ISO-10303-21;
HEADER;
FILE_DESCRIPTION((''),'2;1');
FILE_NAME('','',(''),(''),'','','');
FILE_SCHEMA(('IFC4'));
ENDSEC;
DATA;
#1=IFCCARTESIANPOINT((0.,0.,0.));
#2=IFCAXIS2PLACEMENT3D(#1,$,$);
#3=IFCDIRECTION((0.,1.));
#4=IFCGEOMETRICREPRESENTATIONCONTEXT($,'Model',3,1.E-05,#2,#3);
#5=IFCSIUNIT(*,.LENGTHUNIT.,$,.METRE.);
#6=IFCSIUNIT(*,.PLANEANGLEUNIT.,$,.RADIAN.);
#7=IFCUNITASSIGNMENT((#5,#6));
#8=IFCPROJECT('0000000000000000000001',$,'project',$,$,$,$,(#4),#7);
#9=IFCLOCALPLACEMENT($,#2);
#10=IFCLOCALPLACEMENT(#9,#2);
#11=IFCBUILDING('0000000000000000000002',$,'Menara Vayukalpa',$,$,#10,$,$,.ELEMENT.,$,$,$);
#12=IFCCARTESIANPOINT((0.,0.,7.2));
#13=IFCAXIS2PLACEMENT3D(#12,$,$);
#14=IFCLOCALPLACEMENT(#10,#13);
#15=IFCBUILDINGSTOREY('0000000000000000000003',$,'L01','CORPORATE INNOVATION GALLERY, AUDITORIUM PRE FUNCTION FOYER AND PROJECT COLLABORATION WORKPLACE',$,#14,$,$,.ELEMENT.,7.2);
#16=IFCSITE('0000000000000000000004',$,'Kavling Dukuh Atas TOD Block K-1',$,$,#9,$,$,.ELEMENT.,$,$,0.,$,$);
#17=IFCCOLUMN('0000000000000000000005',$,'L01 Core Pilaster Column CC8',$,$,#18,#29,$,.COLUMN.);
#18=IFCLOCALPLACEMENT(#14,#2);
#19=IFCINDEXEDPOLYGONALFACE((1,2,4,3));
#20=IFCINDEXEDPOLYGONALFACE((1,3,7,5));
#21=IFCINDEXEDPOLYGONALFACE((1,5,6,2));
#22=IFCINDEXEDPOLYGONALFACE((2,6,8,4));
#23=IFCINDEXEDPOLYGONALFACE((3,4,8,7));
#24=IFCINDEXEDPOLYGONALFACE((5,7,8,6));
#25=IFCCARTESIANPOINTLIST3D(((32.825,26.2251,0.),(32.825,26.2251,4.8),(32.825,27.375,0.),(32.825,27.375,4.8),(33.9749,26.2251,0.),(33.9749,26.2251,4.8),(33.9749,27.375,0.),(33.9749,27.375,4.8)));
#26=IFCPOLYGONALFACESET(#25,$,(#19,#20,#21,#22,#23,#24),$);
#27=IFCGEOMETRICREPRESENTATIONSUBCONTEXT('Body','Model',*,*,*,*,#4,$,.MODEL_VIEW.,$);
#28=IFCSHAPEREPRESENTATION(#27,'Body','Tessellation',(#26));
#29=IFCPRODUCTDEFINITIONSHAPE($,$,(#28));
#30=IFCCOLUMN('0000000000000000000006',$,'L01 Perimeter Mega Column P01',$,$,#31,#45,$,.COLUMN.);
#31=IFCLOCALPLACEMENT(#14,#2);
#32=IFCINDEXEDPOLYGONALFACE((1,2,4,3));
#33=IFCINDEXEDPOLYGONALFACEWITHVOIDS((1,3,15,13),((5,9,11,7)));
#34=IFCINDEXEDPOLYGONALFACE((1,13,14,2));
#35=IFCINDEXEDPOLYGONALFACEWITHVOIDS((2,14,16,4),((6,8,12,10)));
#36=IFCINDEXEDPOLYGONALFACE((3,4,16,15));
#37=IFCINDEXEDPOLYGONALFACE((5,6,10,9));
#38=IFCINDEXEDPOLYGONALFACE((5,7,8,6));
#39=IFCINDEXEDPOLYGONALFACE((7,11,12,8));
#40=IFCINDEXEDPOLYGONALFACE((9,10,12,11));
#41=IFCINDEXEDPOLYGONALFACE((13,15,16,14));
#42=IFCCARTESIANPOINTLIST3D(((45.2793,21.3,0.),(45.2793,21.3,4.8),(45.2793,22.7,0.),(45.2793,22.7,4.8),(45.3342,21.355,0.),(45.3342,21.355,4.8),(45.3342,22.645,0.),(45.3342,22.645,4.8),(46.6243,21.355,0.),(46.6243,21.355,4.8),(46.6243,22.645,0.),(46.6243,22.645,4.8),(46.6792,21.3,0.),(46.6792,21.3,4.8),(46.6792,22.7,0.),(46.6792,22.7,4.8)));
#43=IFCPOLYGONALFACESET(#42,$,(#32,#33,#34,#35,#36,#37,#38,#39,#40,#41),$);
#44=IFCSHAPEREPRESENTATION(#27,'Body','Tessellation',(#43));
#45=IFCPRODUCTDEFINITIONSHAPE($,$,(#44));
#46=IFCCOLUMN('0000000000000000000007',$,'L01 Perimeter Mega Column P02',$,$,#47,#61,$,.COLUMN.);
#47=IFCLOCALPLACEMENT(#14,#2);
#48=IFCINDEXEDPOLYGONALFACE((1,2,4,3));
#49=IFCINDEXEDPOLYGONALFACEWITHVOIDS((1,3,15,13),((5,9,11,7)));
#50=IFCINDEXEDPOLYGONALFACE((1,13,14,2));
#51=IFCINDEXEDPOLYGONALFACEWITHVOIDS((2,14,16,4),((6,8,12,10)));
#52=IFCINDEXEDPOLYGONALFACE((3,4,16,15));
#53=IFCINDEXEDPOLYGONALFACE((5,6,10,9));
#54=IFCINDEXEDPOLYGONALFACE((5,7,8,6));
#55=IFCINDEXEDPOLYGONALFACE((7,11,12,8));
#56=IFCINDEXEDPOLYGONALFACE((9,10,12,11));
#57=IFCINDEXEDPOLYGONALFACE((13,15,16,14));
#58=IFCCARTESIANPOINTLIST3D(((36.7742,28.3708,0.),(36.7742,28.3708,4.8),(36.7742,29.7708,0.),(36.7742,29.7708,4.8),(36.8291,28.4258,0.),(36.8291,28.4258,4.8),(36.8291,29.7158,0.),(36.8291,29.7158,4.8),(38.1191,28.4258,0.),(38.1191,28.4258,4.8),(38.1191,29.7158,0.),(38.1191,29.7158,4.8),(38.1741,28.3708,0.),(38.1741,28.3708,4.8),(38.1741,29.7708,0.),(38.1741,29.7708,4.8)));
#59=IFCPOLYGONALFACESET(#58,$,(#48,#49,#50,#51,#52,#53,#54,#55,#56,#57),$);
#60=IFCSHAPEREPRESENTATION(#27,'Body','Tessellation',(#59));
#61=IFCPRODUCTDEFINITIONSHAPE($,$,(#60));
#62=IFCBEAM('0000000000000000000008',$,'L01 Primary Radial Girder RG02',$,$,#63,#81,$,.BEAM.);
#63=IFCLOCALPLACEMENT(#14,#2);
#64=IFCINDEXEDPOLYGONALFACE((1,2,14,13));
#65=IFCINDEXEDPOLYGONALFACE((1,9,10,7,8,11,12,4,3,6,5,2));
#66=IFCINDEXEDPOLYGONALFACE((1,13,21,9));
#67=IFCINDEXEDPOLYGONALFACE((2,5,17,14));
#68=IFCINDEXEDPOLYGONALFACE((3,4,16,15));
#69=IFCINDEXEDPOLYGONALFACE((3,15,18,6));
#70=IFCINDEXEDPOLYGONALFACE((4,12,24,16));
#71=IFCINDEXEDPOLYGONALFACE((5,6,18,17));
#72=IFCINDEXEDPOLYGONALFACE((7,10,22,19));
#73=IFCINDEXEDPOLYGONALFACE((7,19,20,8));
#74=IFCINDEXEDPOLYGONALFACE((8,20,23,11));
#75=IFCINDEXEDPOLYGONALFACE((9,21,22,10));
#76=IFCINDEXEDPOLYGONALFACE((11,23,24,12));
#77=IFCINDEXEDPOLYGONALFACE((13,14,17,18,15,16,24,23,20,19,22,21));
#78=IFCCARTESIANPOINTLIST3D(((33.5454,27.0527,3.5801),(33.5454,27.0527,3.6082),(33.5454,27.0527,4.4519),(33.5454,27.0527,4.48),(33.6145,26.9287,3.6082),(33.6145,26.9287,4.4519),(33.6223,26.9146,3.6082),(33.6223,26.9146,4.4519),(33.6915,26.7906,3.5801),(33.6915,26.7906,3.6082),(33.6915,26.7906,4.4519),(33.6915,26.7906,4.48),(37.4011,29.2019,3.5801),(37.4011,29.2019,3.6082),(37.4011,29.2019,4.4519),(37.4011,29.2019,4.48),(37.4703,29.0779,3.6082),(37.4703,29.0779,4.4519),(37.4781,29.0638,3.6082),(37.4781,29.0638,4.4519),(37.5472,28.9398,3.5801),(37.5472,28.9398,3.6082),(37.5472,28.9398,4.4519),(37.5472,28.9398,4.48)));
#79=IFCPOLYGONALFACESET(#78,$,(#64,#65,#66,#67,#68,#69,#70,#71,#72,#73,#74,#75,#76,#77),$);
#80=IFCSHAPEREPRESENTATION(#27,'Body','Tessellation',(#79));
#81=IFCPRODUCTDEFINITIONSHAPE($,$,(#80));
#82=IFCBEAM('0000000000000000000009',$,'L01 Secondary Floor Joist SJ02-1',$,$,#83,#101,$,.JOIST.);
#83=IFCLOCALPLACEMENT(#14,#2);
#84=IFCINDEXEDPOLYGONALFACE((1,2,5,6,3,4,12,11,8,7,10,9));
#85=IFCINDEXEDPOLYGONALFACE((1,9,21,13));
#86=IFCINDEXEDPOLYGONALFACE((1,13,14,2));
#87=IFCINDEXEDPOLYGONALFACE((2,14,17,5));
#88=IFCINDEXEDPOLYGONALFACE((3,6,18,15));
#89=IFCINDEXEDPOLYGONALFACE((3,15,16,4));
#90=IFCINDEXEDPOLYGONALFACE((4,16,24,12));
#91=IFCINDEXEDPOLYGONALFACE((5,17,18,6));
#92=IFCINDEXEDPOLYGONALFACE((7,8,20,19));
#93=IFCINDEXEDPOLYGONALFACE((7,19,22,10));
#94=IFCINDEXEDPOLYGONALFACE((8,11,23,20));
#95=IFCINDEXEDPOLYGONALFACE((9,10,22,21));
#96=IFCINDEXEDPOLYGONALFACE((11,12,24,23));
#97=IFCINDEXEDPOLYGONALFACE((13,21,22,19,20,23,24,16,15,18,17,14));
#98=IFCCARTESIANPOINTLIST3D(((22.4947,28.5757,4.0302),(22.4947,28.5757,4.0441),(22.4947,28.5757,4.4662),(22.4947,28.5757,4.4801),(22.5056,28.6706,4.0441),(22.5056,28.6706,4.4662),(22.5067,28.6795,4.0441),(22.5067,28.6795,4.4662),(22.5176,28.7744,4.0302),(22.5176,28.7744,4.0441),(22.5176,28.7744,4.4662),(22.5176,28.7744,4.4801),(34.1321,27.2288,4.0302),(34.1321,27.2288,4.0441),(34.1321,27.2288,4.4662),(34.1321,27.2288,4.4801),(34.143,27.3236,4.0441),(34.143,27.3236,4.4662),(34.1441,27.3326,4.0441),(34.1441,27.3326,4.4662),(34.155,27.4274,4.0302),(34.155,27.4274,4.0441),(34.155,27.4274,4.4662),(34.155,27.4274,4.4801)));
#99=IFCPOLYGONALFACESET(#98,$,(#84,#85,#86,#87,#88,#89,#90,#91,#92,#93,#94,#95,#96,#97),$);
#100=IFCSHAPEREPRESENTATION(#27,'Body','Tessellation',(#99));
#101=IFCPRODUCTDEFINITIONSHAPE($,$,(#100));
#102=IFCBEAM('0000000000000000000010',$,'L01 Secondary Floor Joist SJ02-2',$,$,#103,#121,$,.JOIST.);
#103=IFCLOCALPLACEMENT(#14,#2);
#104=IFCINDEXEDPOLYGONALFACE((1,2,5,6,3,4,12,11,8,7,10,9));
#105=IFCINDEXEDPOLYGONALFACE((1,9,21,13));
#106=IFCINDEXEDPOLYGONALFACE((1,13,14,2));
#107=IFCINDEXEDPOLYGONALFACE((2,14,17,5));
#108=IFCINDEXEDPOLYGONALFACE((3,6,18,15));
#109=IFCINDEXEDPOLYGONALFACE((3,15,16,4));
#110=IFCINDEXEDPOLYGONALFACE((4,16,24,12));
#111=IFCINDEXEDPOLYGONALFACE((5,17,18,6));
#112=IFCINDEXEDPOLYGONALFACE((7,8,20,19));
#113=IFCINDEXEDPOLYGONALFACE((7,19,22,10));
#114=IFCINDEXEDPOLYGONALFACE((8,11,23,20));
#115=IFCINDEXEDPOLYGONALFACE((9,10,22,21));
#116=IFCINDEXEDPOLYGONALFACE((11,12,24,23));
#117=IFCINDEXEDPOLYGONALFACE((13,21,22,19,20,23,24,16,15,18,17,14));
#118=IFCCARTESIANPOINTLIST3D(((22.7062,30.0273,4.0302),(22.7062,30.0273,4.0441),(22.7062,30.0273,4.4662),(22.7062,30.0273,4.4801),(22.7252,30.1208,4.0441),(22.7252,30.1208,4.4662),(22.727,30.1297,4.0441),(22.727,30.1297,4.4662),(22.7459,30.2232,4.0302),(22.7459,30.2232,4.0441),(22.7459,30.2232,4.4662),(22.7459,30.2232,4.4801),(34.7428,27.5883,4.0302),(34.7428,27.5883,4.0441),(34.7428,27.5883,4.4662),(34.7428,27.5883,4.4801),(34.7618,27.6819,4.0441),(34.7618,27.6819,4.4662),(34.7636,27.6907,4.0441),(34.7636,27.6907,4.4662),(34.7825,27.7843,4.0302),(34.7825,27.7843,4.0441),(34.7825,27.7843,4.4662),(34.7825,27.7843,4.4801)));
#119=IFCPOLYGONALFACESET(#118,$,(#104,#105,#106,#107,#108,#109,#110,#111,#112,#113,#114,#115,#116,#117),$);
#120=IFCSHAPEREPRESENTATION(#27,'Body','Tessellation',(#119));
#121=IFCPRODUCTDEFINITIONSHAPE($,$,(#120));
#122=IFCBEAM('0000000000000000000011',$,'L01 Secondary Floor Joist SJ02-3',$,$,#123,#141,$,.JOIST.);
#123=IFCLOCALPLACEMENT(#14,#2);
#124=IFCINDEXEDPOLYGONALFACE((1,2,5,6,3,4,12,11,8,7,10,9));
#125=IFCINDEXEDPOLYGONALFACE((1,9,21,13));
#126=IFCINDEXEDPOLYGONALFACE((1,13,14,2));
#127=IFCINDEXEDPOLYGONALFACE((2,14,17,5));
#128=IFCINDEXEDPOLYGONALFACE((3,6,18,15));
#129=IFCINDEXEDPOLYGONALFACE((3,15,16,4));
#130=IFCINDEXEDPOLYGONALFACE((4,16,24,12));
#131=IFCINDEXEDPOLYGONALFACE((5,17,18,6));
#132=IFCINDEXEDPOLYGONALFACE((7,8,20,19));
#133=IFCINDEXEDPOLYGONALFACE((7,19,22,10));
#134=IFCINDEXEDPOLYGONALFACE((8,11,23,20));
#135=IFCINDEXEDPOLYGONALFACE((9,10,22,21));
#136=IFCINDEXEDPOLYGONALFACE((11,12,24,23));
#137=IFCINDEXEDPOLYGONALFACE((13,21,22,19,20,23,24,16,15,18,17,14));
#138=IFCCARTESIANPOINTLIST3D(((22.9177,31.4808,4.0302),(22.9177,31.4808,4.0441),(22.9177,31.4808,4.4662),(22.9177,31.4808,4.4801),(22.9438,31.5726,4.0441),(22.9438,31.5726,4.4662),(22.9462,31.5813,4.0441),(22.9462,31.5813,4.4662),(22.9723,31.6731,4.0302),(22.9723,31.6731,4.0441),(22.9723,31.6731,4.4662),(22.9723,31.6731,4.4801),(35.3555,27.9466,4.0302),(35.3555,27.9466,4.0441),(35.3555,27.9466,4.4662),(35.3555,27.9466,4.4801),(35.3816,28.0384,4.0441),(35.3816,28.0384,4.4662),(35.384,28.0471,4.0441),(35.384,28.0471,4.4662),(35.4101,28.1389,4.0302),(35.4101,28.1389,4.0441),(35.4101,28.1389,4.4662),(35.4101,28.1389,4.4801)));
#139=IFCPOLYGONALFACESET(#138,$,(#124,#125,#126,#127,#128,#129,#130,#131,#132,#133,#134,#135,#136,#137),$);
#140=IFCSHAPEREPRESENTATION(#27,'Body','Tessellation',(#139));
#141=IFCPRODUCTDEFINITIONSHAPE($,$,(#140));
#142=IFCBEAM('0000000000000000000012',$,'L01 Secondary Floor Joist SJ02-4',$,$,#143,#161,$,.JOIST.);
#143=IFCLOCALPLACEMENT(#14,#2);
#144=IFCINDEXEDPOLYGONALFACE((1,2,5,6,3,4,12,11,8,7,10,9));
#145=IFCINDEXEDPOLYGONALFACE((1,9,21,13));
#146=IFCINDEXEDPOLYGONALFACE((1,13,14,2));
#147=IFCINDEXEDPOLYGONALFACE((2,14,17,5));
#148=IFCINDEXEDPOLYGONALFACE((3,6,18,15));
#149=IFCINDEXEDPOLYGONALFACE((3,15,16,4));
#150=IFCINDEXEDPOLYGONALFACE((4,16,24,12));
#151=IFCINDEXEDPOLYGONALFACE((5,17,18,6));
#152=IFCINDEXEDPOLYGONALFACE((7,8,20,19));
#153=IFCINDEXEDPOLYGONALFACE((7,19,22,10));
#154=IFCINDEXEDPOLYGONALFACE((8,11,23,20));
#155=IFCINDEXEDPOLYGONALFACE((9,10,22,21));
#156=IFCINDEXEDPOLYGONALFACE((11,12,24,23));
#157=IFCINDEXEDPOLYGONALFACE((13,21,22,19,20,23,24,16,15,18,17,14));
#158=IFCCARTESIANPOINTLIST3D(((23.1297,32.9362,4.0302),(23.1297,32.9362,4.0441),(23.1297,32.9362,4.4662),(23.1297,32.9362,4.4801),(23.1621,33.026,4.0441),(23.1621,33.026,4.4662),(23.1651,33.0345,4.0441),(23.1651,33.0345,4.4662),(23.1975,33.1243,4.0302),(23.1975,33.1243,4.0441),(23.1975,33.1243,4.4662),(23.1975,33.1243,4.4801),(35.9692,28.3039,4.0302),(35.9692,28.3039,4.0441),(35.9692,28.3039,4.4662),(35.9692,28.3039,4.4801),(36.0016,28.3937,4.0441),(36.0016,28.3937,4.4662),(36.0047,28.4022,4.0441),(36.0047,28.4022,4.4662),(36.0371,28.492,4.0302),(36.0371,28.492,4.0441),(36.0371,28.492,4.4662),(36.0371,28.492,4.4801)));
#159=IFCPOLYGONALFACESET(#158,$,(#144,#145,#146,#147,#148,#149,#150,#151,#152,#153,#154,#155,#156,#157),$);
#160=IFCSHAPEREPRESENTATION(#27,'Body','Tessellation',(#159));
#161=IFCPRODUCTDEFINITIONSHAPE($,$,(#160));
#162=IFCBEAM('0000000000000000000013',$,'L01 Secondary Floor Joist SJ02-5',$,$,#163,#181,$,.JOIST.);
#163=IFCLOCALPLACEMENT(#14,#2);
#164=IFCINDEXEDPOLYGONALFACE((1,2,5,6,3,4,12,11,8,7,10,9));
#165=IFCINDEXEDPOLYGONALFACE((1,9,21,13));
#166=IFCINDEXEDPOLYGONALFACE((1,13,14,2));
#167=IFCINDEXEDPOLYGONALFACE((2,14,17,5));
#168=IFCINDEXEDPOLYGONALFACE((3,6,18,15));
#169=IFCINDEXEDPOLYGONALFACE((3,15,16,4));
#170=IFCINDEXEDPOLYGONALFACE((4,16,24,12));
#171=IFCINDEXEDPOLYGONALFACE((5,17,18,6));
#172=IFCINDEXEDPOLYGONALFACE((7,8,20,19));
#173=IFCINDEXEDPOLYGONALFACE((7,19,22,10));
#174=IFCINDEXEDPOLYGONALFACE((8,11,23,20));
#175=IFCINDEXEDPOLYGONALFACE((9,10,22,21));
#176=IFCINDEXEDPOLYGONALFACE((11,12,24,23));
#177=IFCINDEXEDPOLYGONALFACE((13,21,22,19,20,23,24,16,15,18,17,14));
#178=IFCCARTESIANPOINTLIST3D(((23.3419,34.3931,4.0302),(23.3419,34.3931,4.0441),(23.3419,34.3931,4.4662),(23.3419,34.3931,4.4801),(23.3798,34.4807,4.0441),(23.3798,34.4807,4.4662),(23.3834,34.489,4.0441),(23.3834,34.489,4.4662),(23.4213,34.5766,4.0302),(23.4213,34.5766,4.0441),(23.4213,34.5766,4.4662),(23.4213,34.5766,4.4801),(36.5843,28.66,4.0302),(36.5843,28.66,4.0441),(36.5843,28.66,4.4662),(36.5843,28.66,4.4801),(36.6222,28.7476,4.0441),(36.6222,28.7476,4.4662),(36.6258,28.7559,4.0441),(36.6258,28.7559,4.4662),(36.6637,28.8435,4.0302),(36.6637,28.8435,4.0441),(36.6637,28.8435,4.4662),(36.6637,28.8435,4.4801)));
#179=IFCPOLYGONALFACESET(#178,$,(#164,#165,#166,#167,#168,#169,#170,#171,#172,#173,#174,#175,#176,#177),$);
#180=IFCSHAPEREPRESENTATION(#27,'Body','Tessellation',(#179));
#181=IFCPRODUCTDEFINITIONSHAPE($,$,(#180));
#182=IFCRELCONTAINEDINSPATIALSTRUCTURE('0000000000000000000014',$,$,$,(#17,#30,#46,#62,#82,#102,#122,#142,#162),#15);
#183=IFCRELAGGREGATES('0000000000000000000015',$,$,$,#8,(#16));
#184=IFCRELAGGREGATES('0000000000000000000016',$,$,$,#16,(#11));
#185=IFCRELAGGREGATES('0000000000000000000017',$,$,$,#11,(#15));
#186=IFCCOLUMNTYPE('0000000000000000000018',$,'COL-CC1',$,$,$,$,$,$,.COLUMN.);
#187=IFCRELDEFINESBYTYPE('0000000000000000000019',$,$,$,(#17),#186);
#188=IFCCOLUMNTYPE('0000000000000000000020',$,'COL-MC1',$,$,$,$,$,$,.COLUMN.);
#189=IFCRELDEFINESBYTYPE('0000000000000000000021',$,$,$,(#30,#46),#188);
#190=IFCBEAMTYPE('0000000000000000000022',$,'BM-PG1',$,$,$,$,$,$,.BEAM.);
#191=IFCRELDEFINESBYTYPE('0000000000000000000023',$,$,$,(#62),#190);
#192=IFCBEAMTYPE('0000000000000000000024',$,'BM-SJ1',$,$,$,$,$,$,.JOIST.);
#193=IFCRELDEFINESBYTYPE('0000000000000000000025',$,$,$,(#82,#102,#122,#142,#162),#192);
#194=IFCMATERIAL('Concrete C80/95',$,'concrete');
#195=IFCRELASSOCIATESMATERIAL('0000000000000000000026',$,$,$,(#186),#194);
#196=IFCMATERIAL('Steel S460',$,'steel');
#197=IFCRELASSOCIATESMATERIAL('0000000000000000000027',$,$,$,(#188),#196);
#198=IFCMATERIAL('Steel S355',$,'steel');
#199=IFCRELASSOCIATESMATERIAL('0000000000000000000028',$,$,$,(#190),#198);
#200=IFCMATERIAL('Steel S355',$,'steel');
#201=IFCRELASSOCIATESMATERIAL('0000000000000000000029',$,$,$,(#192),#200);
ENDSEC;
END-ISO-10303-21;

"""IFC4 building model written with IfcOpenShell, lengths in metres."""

from ifc_helpers import new_model, si_unit, direction, frame, origin, origin_2d, place, context, subcontext, project, spatial, rectangle, hollow_rectangle, i_section, extrude, material, material_profile, profile_set, type_object, element, save


model = new_model("IFC4")

# Units and contexts
model_context = context("Model", 3, precision=1e-05, world=origin(), true_north=direction((0.0, 1.0)))
body_context = subcontext(model_context, "Body", "Model", "MODEL_VIEW")
ifc_project = project(units=[si_unit("LENGTHUNIT", "METRE"), si_unit("PLANEANGLEUNIT", "RADIAN")], contexts=[model_context])

# Site, building, storey
site_placement = place(None, origin())
site = spatial("IfcSite", under=ifc_project, at=site_placement, Name="Kavling Dukuh Atas TOD Block K-1", CompositionType="ELEMENT", RefElevation=0.0)
building_placement = place(site_placement, origin())
building = spatial("IfcBuilding", under=site, at=building_placement, Name="Menara Vayukalpa", CompositionType="ELEMENT")
storey_placement = place(building_placement, frame((0.0, 0.0, 7.2)))
storey = spatial("IfcBuildingStorey", under=building, at=storey_placement, Name="L01", Description="CORPORATE INNOVATION GALLERY, AUDITORIUM PRE FUNCTION FOYER AND PROJECT COLLABORATION WORKPLACE", CompositionType="ELEMENT", Elevation=7.2)

# Columns
ifc_material_1 = material(Name="Concrete C80/95", Category="concrete")
ifc_material_profile_1 = material_profile(ifc_material_1, rectangle(XDim=1.1499, YDim=1.1499, at=origin_2d()), Name="RC 1150x1150")
ifc_profile_set_1 = profile_set([ifc_material_profile_1], Name="Concrete C80/95")
column_type_1 = type_object("IfcColumnType", Name="COL-CC1", PredefinedType="COLUMN", material=ifc_profile_set_1)
column_placement = place(storey_placement, frame((33.3999, 26.8, 0.0), z_axis=(0.0, 0.0, 1.0), x_axis=(1.0, 0.0, 0.0)))
element("IfcColumn", 1, at=column_placement, inside=storey, type_object=column_type_1, Name="L01 Core Pilaster Column CC8", PredefinedType="COLUMN", context=body_context, shape_type="SweptSolid", body=[
    extrude(rectangle(XDim=1.1499, YDim=1.1499, at=origin_2d()), origin(), (0.0, 0.0, 1.0), 4.8),
])
ifc_material_2 = material(Name="Steel S460", Category="steel")
ifc_material_profile_2 = material_profile(ifc_material_2, hollow_rectangle(XDim=1.3999, YDim=1.3999, WallThickness=0.0549, at=origin_2d()), Name="BOX 1400x1400x55")
ifc_profile_set_2 = profile_set([ifc_material_profile_2], Name="Steel S460")
column_type_2 = type_object("IfcColumnType", Name="COL-MC1", PredefinedType="COLUMN", material=ifc_profile_set_2)
for number, where, z_axis, x_axis, name in (
    (2, (45.9792, 22.0, 0.0), (0.0, 0.0, 1.0), (1.0, 0.0, 0.0), "L01 Perimeter Mega Column P01"),
    (3, (37.4741, 29.0708, 0.0), (0.0, 0.0, 1.0), (1.0, 0.0, 0.0), "L01 Perimeter Mega Column P02"),
):
    element("IfcColumn", number, at=place(storey_placement, frame(where, z_axis=z_axis, x_axis=x_axis)), inside=storey, type_object=column_type_2, Name=name, PredefinedType="COLUMN", context=body_context, shape_type="SweptSolid", body=[
        extrude(hollow_rectangle(XDim=1.3999, YDim=1.3999, WallThickness=0.0549, at=origin_2d()), origin(), (0.0, 0.0, 1.0), 4.8),
    ])

# Beams
ifc_material_3 = material(Name="Steel S355", Category="steel")
ifc_material_profile_3 = material_profile(ifc_material_3, i_section(OverallWidth=0.3, OverallDepth=0.8999, WebThickness=0.0161, FlangeThickness=0.0281, at=origin_2d()), Name="WF 900x300x16x28")
ifc_profile_set_3 = profile_set([ifc_material_profile_3], Name="Steel S355")
beam_type_1 = type_object("IfcBeamType", Name="BM-PG1", PredefinedType="BEAM", material=ifc_profile_set_3)
beam_1_placement = place(storey_placement, frame((33.6184, 26.9216, 4.03), z_axis=(0.873473, 0.486873, 0.0), x_axis=(-0.486873, 0.873473, 0.0)))
element("IfcBeam", 4, at=beam_1_placement, inside=storey, type_object=beam_type_1, Name="L01 Primary Radial Girder RG02", PredefinedType="BEAM", context=body_context, shape_type="SweptSolid", body=[
    extrude(i_section(OverallWidth=0.3, OverallDepth=0.8999, WebThickness=0.0161, FlangeThickness=0.0281, at=origin_2d()), origin(), (0.0, 0.0, 1.0), 4.4143),
])
ifc_material_4 = material(Name="Steel S355", Category="steel")
ifc_material_profile_4 = material_profile(ifc_material_4, i_section(OverallWidth=0.2, OverallDepth=0.45, WebThickness=0.009, FlangeThickness=0.0139, at=origin_2d()), Name="WF 450x200x9x14")
ifc_profile_set_4 = profile_set([ifc_material_profile_4], Name="Steel S355")
beam_type_2 = type_object("IfcBeamType", Name="BM-SJ1", PredefinedType="JOIST", material=ifc_profile_set_4)
beam_2_placement = place(storey_placement, frame((34.1436, 27.3281, 4.2551), z_axis=(-0.993369, 0.114973, 0.0), x_axis=(-0.114973, -0.993369, 0.0)))
element("IfcBeam", 5, at=beam_2_placement, inside=storey, type_object=beam_type_2, Name="L01 Secondary Floor Joist SJ02-1", PredefinedType="JOIST", context=body_context, shape_type="SweptSolid", body=[
    extrude(i_section(OverallWidth=0.2, OverallDepth=0.45, WebThickness=0.009, FlangeThickness=0.0139, at=origin_2d()), origin(), (0.0, 0.0, 1.0), 11.7151),
])
beam_3_placement = place(storey_placement, frame((34.7627, 27.6863, 4.2551), z_axis=(-0.980082, 0.198593, 0.0), x_axis=(-0.198593, -0.980082, 0.0)))
element("IfcBeam", 6, at=beam_3_placement, inside=storey, type_object=beam_type_2, Name="L01 Secondary Floor Joist SJ02-2", PredefinedType="JOIST", context=body_context, shape_type="SweptSolid", body=[
    extrude(i_section(OverallWidth=0.2, OverallDepth=0.45, WebThickness=0.009, FlangeThickness=0.0139, at=origin_2d()), origin(), (0.0, 0.0, 1.0), 12.2812),
])
beam_4_placement = place(storey_placement, frame((35.3828, 28.0427, 4.2551), z_axis=(-0.961921, 0.273329, 0.0), x_axis=(-0.273329, -0.961921, 0.0)))
element("IfcBeam", 7, at=beam_4_placement, inside=storey, type_object=beam_type_2, Name="L01 Secondary Floor Joist SJ02-3", PredefinedType="JOIST", context=body_context, shape_type="SweptSolid", body=[
    extrude(i_section(OverallWidth=0.2, OverallDepth=0.45, WebThickness=0.009, FlangeThickness=0.0139, at=origin_2d()), origin(), (0.0, 0.0, 1.0), 12.9302),
])
beam_5_placement = place(storey_placement, frame((36.0032, 28.3979, 4.2551), z_axis=(-0.940652, 0.339372, 0.0), x_axis=(-0.339372, -0.940652, 0.0)))
element("IfcBeam", 8, at=beam_5_placement, inside=storey, type_object=beam_type_2, Name="L01 Secondary Floor Joist SJ02-4", PredefinedType="JOIST", context=body_context, shape_type="SweptSolid", body=[
    extrude(i_section(OverallWidth=0.2, OverallDepth=0.45, WebThickness=0.009, FlangeThickness=0.0139, at=origin_2d()), origin(), (0.0, 0.0, 1.0), 13.6497),
])
beam_6_placement = place(storey_placement, frame((36.624, 28.7517, 4.2551), z_axis=(-0.917688, 0.397302, 0.0), x_axis=(-0.397302, -0.917688, 0.0)))
element("IfcBeam", 9, at=beam_6_placement, inside=storey, type_object=beam_type_2, Name="L01 Secondary Floor Joist SJ02-5", PredefinedType="JOIST", context=body_context, shape_type="SweptSolid", body=[
    extrude(i_section(OverallWidth=0.2, OverallDepth=0.45, WebThickness=0.009, FlangeThickness=0.0139, at=origin_2d()), origin(), (0.0, 0.0, 1.0), 14.4302),
])

save(model, "model.ifc")
